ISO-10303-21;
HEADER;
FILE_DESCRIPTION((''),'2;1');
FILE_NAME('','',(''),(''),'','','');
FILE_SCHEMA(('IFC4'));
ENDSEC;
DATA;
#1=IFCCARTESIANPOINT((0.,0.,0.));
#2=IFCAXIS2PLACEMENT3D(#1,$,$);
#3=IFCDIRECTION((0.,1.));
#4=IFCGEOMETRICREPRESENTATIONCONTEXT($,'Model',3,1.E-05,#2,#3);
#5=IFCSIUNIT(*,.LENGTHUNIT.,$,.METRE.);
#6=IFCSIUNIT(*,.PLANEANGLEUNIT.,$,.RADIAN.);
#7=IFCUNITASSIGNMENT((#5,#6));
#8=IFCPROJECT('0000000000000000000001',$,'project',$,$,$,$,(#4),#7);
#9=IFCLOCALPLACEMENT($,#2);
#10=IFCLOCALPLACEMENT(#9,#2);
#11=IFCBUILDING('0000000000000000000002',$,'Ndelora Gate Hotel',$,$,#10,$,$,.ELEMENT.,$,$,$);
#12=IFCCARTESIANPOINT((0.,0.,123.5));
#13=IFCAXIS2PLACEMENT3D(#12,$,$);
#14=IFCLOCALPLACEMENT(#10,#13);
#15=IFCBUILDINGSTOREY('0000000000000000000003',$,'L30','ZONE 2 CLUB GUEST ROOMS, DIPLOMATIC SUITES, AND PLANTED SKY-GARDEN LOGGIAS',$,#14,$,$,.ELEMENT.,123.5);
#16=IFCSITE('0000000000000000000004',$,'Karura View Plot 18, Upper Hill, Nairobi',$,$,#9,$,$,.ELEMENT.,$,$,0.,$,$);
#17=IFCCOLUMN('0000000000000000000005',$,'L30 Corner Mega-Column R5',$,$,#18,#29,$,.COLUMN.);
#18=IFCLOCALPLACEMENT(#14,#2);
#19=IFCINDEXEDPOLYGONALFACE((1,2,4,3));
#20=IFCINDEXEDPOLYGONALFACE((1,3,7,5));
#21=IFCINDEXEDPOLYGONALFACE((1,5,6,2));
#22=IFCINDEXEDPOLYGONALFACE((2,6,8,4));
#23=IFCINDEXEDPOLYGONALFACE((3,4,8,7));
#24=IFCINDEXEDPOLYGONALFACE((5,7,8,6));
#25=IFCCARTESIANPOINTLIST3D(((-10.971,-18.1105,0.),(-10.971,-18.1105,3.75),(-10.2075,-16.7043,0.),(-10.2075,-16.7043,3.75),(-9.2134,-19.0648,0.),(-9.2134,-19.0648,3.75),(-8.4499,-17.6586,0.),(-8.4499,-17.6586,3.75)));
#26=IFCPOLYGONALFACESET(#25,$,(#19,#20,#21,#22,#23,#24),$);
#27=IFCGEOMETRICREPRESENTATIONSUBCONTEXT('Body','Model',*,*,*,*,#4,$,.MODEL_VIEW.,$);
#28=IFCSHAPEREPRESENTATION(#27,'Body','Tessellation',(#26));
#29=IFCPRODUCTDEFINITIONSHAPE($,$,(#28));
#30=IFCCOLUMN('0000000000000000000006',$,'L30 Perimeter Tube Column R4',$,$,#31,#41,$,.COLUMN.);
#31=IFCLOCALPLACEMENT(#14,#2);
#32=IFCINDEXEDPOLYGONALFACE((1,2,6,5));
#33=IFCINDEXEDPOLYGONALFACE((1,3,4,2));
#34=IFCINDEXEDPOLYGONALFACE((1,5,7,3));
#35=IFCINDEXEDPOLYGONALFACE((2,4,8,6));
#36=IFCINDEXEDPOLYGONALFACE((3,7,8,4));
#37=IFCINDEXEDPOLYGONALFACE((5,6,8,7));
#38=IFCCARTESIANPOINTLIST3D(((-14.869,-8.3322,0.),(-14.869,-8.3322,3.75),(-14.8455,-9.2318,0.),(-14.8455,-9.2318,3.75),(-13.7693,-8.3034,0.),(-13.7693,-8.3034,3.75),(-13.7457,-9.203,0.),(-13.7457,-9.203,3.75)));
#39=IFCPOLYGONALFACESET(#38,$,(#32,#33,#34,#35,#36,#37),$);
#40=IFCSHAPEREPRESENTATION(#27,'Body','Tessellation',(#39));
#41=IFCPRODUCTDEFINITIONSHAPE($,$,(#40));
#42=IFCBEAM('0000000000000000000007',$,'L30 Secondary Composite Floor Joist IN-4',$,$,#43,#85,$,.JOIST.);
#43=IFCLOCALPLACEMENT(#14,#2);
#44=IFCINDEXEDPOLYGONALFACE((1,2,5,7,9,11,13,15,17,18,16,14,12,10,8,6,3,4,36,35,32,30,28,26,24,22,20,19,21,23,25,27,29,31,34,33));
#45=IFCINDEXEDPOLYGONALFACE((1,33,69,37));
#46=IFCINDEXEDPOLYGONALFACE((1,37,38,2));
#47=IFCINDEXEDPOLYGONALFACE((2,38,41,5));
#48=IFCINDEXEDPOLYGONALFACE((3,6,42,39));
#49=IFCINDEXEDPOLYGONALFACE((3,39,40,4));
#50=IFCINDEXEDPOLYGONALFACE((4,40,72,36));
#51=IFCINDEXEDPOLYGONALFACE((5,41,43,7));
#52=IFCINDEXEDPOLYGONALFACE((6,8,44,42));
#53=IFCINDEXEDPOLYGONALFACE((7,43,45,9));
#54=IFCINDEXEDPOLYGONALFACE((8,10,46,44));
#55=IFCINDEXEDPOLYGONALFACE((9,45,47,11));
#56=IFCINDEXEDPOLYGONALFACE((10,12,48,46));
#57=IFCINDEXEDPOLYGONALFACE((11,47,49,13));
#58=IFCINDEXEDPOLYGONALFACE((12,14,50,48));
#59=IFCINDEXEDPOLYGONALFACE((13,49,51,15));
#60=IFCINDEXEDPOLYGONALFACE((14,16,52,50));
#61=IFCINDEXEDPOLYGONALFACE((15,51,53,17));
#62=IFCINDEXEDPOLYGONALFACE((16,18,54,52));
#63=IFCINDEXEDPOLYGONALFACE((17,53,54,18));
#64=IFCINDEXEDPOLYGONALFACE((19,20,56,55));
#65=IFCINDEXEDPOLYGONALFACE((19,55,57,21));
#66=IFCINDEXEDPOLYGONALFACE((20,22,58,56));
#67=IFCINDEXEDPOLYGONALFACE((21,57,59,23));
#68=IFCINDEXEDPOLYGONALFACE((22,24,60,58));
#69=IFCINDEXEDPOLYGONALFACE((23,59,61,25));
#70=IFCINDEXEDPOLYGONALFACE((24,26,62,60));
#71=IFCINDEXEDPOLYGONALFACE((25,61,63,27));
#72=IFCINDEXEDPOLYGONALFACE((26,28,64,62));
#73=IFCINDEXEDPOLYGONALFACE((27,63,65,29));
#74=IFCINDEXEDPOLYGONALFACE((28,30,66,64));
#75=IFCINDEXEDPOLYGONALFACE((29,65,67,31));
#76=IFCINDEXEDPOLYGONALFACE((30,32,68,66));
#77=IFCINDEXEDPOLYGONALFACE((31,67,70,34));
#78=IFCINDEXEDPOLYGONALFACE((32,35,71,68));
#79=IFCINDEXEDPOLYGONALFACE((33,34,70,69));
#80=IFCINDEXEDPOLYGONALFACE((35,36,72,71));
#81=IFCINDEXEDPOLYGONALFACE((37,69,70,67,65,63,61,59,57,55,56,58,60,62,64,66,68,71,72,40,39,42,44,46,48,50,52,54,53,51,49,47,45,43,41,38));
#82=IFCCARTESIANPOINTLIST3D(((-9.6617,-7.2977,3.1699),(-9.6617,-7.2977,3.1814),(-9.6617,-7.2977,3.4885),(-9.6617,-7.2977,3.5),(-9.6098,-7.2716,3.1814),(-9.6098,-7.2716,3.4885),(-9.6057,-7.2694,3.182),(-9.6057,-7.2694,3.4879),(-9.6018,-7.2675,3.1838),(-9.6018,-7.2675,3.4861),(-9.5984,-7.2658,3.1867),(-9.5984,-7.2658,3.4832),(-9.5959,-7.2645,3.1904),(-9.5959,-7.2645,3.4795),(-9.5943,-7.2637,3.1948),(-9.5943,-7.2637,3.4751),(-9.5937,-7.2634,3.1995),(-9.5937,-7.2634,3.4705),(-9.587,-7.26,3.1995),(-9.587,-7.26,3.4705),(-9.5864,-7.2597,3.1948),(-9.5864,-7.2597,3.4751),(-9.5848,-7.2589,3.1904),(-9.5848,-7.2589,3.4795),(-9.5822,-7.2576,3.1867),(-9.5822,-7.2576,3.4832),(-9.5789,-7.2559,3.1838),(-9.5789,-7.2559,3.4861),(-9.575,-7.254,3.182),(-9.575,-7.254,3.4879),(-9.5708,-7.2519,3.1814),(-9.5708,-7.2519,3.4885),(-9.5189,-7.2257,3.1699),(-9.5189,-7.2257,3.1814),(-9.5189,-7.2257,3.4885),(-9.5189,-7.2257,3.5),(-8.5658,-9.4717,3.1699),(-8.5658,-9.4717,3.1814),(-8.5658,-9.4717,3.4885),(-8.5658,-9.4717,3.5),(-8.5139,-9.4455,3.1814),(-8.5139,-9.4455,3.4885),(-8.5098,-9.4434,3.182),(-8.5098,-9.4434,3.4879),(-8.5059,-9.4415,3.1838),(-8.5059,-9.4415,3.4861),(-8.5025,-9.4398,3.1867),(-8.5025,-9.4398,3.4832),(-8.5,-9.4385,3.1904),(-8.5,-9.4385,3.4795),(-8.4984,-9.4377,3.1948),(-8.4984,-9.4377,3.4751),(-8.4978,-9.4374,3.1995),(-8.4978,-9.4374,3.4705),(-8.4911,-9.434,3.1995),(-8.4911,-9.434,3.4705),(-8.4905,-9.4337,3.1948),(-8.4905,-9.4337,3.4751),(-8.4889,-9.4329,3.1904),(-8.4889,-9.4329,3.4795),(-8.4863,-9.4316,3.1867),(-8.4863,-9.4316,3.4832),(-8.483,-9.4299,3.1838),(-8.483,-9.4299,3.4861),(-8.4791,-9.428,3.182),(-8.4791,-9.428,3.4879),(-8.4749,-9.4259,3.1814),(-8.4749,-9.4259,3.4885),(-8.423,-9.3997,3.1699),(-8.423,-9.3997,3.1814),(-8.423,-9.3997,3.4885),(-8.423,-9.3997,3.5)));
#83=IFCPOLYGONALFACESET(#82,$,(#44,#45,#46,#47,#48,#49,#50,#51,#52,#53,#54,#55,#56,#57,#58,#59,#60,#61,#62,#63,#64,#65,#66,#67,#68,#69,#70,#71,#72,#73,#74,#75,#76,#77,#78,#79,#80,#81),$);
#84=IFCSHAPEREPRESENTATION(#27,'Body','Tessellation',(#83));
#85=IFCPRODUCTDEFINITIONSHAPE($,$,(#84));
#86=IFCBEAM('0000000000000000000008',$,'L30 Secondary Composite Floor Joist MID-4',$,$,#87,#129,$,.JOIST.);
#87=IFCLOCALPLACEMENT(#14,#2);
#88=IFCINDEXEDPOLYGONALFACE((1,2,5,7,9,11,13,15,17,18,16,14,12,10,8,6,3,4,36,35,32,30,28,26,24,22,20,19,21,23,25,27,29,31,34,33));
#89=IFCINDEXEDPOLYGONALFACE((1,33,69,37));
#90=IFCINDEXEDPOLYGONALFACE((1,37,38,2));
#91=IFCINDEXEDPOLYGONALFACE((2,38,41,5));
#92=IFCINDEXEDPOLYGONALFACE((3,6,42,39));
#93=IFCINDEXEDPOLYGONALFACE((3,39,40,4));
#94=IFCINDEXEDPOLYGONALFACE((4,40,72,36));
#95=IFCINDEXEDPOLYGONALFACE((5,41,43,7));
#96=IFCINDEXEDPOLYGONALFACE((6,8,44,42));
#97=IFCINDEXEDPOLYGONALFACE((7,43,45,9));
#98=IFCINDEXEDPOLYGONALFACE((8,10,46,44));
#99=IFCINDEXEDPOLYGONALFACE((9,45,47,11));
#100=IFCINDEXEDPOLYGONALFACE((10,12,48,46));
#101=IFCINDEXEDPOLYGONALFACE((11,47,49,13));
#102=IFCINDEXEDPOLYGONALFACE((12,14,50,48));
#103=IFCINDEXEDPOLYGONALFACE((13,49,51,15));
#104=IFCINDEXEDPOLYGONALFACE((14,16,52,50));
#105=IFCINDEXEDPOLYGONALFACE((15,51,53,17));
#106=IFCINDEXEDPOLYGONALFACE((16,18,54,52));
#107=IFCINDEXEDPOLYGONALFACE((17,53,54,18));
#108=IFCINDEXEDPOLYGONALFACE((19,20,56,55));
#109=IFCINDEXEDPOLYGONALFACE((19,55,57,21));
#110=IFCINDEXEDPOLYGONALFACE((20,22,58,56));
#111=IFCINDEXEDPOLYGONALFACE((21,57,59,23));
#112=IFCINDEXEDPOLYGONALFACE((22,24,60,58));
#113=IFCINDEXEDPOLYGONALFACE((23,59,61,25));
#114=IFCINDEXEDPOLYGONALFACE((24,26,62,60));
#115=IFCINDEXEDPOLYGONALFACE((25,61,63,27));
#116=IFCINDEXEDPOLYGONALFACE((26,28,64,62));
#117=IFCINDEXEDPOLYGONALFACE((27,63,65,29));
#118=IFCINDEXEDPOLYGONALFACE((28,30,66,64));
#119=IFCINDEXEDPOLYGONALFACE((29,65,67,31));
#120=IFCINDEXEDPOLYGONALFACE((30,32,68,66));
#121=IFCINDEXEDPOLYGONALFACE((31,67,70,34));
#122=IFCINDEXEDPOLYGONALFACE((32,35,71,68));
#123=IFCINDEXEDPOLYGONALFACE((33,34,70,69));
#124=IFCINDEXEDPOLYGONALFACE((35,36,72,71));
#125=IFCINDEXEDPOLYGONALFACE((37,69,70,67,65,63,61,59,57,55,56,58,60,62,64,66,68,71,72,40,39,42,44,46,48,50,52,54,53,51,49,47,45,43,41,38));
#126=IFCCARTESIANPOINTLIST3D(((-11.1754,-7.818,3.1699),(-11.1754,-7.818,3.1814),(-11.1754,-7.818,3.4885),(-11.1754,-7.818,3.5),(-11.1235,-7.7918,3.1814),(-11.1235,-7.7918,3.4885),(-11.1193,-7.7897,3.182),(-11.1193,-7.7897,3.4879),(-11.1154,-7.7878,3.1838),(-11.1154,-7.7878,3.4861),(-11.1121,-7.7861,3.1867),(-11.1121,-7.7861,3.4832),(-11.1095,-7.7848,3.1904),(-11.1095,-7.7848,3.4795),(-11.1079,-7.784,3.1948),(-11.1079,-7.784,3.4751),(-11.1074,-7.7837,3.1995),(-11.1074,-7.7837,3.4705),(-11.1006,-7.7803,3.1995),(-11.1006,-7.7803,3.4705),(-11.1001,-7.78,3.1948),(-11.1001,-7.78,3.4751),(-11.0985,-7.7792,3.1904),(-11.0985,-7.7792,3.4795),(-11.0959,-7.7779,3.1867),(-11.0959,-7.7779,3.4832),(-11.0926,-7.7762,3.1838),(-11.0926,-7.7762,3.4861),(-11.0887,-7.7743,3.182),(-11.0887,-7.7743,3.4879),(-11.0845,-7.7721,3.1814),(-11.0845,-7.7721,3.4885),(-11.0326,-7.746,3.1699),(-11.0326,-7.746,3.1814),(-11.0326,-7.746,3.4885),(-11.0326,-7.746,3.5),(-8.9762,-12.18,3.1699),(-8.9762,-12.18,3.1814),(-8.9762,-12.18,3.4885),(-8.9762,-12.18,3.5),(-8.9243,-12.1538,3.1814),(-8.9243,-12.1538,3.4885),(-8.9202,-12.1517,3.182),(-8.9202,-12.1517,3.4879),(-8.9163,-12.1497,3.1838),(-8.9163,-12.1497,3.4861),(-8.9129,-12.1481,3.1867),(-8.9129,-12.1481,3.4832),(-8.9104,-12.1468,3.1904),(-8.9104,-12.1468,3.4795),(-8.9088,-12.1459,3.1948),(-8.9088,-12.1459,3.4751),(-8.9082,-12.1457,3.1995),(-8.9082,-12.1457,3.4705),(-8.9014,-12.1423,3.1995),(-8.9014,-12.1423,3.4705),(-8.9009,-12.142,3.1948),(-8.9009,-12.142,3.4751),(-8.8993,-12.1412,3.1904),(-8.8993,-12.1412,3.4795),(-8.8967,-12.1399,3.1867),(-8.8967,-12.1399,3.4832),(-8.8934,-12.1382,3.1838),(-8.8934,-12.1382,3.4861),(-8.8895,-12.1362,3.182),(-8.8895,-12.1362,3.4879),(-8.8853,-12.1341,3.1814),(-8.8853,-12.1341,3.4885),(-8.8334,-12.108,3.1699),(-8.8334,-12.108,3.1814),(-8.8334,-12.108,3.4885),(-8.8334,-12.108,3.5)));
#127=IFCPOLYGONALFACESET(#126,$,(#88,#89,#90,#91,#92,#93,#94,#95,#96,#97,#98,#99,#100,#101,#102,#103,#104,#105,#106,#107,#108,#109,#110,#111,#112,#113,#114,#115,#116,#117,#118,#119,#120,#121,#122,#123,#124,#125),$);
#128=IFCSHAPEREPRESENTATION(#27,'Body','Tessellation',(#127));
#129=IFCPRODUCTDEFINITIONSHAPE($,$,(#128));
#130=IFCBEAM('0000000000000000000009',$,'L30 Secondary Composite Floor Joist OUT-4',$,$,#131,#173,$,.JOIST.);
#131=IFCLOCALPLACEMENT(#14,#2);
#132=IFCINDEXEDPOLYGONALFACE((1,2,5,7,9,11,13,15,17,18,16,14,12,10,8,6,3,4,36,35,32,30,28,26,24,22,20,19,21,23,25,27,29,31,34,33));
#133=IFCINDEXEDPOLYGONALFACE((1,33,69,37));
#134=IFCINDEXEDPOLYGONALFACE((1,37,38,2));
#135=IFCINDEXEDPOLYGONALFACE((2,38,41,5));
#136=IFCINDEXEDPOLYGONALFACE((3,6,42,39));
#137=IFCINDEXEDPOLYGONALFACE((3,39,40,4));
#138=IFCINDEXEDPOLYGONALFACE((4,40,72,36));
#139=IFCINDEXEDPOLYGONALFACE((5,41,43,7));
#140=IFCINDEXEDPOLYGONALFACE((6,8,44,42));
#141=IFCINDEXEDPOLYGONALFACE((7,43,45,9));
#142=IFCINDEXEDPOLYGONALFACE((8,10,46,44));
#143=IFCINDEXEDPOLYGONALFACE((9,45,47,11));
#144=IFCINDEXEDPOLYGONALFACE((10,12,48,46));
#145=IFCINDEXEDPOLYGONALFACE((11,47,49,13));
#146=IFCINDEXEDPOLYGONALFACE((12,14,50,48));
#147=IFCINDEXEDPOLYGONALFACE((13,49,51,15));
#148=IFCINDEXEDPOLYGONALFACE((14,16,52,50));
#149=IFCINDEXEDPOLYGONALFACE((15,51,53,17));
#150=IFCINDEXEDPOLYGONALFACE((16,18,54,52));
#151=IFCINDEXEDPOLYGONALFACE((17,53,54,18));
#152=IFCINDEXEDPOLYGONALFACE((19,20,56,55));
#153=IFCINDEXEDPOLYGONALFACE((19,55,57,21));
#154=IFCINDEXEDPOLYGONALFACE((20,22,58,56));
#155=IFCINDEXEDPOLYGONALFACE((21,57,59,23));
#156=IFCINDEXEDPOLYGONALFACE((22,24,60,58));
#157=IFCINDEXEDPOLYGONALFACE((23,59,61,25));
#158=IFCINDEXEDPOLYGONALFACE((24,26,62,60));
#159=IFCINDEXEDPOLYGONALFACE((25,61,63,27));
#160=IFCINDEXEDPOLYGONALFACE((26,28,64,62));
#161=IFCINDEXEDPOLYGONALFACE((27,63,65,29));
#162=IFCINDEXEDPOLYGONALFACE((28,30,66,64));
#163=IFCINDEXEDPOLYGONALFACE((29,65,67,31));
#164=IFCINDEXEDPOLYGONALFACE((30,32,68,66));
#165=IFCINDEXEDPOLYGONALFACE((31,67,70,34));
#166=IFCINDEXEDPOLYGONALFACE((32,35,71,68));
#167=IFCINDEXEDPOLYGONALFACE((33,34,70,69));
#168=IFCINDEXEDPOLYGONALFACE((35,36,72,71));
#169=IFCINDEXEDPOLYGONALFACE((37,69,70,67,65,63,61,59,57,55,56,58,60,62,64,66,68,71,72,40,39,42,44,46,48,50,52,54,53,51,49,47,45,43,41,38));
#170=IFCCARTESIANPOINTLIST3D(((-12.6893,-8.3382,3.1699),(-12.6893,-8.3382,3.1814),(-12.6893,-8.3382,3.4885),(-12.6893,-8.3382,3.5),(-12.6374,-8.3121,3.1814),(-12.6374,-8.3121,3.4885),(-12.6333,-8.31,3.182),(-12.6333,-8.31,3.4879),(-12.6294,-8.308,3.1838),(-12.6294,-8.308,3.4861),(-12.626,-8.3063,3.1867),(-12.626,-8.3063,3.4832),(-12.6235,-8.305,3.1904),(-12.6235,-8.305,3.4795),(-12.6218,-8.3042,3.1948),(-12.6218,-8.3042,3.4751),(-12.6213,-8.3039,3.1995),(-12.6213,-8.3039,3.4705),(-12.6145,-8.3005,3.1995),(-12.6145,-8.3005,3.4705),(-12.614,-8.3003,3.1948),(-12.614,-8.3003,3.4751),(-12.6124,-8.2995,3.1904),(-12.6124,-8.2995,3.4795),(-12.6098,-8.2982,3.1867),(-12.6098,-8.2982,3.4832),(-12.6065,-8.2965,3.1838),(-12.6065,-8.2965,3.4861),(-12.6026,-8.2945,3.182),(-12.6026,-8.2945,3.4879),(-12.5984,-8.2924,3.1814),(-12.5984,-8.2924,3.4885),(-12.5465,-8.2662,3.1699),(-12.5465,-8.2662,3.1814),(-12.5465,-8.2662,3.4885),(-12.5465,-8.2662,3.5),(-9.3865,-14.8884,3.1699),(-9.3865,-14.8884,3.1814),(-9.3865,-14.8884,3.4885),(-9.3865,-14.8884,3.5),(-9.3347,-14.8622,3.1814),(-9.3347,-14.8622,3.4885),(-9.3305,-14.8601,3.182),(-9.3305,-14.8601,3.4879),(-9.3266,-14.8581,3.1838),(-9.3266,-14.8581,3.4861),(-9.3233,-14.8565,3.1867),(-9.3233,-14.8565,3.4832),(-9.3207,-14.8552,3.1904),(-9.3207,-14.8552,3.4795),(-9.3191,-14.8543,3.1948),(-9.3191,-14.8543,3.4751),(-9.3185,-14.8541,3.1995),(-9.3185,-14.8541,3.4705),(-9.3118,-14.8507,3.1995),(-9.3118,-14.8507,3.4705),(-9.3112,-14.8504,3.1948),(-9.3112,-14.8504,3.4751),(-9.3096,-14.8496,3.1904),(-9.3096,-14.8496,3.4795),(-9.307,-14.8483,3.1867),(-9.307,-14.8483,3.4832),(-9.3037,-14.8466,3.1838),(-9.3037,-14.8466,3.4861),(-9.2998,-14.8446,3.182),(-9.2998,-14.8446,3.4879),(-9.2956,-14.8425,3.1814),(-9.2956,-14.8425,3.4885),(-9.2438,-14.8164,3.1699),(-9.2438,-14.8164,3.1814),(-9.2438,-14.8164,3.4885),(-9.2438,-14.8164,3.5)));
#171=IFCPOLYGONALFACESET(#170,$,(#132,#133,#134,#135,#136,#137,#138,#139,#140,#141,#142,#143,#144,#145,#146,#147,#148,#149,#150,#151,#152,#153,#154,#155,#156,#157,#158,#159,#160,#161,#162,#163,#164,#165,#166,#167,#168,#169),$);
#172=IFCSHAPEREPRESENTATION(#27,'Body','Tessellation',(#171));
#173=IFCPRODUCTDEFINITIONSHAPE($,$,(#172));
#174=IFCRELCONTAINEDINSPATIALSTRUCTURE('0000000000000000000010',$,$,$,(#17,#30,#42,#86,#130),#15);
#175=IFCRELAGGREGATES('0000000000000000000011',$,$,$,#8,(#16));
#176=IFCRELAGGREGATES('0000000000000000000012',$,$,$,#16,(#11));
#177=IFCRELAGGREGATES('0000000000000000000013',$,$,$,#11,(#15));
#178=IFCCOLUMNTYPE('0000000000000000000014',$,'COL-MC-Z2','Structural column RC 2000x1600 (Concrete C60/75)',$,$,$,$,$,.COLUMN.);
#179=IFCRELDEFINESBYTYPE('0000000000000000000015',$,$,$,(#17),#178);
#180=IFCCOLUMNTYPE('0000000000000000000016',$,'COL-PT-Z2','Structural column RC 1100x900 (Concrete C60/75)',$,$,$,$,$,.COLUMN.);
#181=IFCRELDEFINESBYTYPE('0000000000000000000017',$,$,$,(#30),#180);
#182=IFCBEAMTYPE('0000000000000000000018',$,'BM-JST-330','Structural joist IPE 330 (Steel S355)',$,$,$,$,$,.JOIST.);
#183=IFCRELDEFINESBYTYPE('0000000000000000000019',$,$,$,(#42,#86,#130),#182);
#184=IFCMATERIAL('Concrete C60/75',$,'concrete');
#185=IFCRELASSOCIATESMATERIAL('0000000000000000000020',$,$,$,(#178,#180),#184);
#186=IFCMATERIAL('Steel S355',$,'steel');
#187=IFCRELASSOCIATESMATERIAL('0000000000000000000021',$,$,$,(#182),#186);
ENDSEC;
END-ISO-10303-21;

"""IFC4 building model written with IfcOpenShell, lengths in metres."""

from ifc_helpers import new_model, si_unit, direction, frame, origin, origin_2d, place, context, subcontext, project, spatial, rectangle, i_section, extrude, material, material_profile, profile_set, type_object, element, save


model = new_model("IFC4")

# Units and contexts
model_context = context("Model", 3, precision=1e-05, world=origin(), true_north=direction((0.0, 1.0)))
body_context = subcontext(model_context, "Body", "Model", "MODEL_VIEW")
ifc_project = project(units=[si_unit("LENGTHUNIT", "METRE"), si_unit("PLANEANGLEUNIT", "RADIAN")], contexts=[model_context])

# Site, building, storey
site_placement = place(None, origin())
site = spatial("IfcSite", under=ifc_project, at=site_placement, Name="Karura View Plot 18, Upper Hill, Nairobi", CompositionType="ELEMENT", RefElevation=0.0)
building_placement = place(site_placement, origin())
building = spatial("IfcBuilding", under=site, at=building_placement, Name="Ndelora Gate Hotel", CompositionType="ELEMENT")
storey_placement = place(building_placement, frame((0.0, 0.0, 123.5)))
storey = spatial("IfcBuildingStorey", under=building, at=storey_placement, Name="L30", Description="ZONE 2 CLUB GUEST ROOMS, DIPLOMATIC SUITES, AND PLANTED SKY-GARDEN LOGGIAS", CompositionType="ELEMENT", Elevation=123.5)

# Columns
ifc_material_1 = material(Name="Concrete C60/75", Category="concrete")
ifc_material_profile_1 = material_profile(ifc_material_1, rectangle(XDim=1.6001, YDim=2.0, at=origin_2d()), Name="RC 2000x1600")
ifc_profile_set_1 = profile_set([ifc_material_profile_1], Name="Concrete C60/75")
column_type_1 = type_object("IfcColumnType", Name="COL-MC-Z2", Description="Structural column RC 2000x1600 (Concrete C60/75)", PredefinedType="COLUMN", material=ifc_profile_set_1)
column_1_placement = place(storey_placement, frame((-9.7104, -17.8845, 0.0), z_axis=(0.0, 0.0, 1.0), x_axis=(0.477159, 0.878817, 0.0)))
element("IfcColumn", 1, at=column_1_placement, inside=storey, type_object=column_type_1, Name="L30 Corner Mega-Column R5", PredefinedType="COLUMN", context=body_context, shape_type="SweptSolid", body=[
    extrude(rectangle(XDim=1.6001, YDim=2.0, at=origin_2d()), origin(), (0.0, 0.0, 1.0), 3.75),
])
ifc_material_profile_2 = material_profile(ifc_material_1, rectangle(XDim=0.8999, YDim=1.1001, at=origin_2d()), Name="RC 1100x900")
ifc_profile_set_2 = profile_set([ifc_material_profile_2], Name="Concrete C60/75")
column_type_2 = type_object("IfcColumnType", Name="COL-PT-Z2", Description="Structural column RC 1100x900 (Concrete C60/75)", PredefinedType="COLUMN", material=ifc_profile_set_2)
column_2_placement = place(storey_placement, frame((-14.3074, -8.7676, 0.0), z_axis=(0.0, 0.0, 1.0), x_axis=(-0.026177, 0.999657, 0.0)))
element("IfcColumn", 2, at=column_2_placement, inside=storey, type_object=column_type_2, Name="L30 Perimeter Tube Column R4", PredefinedType="COLUMN", context=body_context, shape_type="SweptSolid", body=[
    extrude(rectangle(XDim=0.8999, YDim=1.1001, at=origin_2d()), origin(), (0.0, 0.0, 1.0), 3.75),
])

# Beams
ifc_material_2 = material(Name="Steel S355", Category="steel")
ifc_material_profile_3 = material_profile(ifc_material_2, i_section(OverallWidth=0.1599, OverallDepth=0.3301, WebThickness=0.0076, FlangeThickness=0.0115, FilletRadius=0.0181, at=origin_2d()), Name="IPE 330")
ifc_profile_set_3 = profile_set([ifc_material_profile_3], Name="Steel S355")
beam_type_1 = type_object("IfcBeamType", Name="BM-JST-330", Description="Structural joist IPE 330 (Steel S355)", PredefinedType="JOIST", material=ifc_profile_set_3)
beam_1_placement = place(storey_placement, frame((-9.5903, -7.2617, 3.335), z_axis=(0.450139, -0.892958, 0.0), x_axis=(0.892958, 0.450139, 0.0)))
element("IfcBeam", 3, at=beam_1_placement, inside=storey, type_object=beam_type_1, Name="L30 Secondary Composite Floor Joist IN-4", PredefinedType="JOIST", context=body_context, shape_type="SweptSolid", body=[
    extrude(i_section(OverallWidth=0.1599, OverallDepth=0.3301, WebThickness=0.0076, FlangeThickness=0.0115, FilletRadius=0.0181, at=origin_2d()), origin(), (0.0, 0.0, 1.0), 2.4346),
])
beam_2_placement = place(storey_placement, frame((-11.104, -7.782, 3.335), z_axis=(0.45019, -0.892933, 0.0), x_axis=(0.892933, 0.45019, 0.0)))
element("IfcBeam", 4, at=beam_2_placement, inside=storey, type_object=beam_type_1, Name="L30 Secondary Composite Floor Joist MID-4", PredefinedType="JOIST", context=body_context, shape_type="SweptSolid", body=[
    extrude(i_section(OverallWidth=0.1599, OverallDepth=0.3301, WebThickness=0.0076, FlangeThickness=0.0115, FilletRadius=0.0181, at=origin_2d()), origin(), (0.0, 0.0, 1.0), 4.885),
])
beam_3_placement = place(storey_placement, frame((-12.6179, -8.3022, 3.335), z_axis=(0.450233, -0.892911, 0.0), x_axis=(0.892911, 0.450233, 0.0)))
element("IfcBeam", 5, at=beam_3_placement, inside=storey, type_object=beam_type_1, Name="L30 Secondary Composite Floor Joist OUT-4", PredefinedType="JOIST", context=body_context, shape_type="SweptSolid", body=[
    extrude(i_section(OverallWidth=0.1599, OverallDepth=0.3301, WebThickness=0.0076, FlangeThickness=0.0115, FilletRadius=0.0181, at=origin_2d()), origin(), (0.0, 0.0, 1.0), 7.3357),
])

save(model, "model.ifc")
